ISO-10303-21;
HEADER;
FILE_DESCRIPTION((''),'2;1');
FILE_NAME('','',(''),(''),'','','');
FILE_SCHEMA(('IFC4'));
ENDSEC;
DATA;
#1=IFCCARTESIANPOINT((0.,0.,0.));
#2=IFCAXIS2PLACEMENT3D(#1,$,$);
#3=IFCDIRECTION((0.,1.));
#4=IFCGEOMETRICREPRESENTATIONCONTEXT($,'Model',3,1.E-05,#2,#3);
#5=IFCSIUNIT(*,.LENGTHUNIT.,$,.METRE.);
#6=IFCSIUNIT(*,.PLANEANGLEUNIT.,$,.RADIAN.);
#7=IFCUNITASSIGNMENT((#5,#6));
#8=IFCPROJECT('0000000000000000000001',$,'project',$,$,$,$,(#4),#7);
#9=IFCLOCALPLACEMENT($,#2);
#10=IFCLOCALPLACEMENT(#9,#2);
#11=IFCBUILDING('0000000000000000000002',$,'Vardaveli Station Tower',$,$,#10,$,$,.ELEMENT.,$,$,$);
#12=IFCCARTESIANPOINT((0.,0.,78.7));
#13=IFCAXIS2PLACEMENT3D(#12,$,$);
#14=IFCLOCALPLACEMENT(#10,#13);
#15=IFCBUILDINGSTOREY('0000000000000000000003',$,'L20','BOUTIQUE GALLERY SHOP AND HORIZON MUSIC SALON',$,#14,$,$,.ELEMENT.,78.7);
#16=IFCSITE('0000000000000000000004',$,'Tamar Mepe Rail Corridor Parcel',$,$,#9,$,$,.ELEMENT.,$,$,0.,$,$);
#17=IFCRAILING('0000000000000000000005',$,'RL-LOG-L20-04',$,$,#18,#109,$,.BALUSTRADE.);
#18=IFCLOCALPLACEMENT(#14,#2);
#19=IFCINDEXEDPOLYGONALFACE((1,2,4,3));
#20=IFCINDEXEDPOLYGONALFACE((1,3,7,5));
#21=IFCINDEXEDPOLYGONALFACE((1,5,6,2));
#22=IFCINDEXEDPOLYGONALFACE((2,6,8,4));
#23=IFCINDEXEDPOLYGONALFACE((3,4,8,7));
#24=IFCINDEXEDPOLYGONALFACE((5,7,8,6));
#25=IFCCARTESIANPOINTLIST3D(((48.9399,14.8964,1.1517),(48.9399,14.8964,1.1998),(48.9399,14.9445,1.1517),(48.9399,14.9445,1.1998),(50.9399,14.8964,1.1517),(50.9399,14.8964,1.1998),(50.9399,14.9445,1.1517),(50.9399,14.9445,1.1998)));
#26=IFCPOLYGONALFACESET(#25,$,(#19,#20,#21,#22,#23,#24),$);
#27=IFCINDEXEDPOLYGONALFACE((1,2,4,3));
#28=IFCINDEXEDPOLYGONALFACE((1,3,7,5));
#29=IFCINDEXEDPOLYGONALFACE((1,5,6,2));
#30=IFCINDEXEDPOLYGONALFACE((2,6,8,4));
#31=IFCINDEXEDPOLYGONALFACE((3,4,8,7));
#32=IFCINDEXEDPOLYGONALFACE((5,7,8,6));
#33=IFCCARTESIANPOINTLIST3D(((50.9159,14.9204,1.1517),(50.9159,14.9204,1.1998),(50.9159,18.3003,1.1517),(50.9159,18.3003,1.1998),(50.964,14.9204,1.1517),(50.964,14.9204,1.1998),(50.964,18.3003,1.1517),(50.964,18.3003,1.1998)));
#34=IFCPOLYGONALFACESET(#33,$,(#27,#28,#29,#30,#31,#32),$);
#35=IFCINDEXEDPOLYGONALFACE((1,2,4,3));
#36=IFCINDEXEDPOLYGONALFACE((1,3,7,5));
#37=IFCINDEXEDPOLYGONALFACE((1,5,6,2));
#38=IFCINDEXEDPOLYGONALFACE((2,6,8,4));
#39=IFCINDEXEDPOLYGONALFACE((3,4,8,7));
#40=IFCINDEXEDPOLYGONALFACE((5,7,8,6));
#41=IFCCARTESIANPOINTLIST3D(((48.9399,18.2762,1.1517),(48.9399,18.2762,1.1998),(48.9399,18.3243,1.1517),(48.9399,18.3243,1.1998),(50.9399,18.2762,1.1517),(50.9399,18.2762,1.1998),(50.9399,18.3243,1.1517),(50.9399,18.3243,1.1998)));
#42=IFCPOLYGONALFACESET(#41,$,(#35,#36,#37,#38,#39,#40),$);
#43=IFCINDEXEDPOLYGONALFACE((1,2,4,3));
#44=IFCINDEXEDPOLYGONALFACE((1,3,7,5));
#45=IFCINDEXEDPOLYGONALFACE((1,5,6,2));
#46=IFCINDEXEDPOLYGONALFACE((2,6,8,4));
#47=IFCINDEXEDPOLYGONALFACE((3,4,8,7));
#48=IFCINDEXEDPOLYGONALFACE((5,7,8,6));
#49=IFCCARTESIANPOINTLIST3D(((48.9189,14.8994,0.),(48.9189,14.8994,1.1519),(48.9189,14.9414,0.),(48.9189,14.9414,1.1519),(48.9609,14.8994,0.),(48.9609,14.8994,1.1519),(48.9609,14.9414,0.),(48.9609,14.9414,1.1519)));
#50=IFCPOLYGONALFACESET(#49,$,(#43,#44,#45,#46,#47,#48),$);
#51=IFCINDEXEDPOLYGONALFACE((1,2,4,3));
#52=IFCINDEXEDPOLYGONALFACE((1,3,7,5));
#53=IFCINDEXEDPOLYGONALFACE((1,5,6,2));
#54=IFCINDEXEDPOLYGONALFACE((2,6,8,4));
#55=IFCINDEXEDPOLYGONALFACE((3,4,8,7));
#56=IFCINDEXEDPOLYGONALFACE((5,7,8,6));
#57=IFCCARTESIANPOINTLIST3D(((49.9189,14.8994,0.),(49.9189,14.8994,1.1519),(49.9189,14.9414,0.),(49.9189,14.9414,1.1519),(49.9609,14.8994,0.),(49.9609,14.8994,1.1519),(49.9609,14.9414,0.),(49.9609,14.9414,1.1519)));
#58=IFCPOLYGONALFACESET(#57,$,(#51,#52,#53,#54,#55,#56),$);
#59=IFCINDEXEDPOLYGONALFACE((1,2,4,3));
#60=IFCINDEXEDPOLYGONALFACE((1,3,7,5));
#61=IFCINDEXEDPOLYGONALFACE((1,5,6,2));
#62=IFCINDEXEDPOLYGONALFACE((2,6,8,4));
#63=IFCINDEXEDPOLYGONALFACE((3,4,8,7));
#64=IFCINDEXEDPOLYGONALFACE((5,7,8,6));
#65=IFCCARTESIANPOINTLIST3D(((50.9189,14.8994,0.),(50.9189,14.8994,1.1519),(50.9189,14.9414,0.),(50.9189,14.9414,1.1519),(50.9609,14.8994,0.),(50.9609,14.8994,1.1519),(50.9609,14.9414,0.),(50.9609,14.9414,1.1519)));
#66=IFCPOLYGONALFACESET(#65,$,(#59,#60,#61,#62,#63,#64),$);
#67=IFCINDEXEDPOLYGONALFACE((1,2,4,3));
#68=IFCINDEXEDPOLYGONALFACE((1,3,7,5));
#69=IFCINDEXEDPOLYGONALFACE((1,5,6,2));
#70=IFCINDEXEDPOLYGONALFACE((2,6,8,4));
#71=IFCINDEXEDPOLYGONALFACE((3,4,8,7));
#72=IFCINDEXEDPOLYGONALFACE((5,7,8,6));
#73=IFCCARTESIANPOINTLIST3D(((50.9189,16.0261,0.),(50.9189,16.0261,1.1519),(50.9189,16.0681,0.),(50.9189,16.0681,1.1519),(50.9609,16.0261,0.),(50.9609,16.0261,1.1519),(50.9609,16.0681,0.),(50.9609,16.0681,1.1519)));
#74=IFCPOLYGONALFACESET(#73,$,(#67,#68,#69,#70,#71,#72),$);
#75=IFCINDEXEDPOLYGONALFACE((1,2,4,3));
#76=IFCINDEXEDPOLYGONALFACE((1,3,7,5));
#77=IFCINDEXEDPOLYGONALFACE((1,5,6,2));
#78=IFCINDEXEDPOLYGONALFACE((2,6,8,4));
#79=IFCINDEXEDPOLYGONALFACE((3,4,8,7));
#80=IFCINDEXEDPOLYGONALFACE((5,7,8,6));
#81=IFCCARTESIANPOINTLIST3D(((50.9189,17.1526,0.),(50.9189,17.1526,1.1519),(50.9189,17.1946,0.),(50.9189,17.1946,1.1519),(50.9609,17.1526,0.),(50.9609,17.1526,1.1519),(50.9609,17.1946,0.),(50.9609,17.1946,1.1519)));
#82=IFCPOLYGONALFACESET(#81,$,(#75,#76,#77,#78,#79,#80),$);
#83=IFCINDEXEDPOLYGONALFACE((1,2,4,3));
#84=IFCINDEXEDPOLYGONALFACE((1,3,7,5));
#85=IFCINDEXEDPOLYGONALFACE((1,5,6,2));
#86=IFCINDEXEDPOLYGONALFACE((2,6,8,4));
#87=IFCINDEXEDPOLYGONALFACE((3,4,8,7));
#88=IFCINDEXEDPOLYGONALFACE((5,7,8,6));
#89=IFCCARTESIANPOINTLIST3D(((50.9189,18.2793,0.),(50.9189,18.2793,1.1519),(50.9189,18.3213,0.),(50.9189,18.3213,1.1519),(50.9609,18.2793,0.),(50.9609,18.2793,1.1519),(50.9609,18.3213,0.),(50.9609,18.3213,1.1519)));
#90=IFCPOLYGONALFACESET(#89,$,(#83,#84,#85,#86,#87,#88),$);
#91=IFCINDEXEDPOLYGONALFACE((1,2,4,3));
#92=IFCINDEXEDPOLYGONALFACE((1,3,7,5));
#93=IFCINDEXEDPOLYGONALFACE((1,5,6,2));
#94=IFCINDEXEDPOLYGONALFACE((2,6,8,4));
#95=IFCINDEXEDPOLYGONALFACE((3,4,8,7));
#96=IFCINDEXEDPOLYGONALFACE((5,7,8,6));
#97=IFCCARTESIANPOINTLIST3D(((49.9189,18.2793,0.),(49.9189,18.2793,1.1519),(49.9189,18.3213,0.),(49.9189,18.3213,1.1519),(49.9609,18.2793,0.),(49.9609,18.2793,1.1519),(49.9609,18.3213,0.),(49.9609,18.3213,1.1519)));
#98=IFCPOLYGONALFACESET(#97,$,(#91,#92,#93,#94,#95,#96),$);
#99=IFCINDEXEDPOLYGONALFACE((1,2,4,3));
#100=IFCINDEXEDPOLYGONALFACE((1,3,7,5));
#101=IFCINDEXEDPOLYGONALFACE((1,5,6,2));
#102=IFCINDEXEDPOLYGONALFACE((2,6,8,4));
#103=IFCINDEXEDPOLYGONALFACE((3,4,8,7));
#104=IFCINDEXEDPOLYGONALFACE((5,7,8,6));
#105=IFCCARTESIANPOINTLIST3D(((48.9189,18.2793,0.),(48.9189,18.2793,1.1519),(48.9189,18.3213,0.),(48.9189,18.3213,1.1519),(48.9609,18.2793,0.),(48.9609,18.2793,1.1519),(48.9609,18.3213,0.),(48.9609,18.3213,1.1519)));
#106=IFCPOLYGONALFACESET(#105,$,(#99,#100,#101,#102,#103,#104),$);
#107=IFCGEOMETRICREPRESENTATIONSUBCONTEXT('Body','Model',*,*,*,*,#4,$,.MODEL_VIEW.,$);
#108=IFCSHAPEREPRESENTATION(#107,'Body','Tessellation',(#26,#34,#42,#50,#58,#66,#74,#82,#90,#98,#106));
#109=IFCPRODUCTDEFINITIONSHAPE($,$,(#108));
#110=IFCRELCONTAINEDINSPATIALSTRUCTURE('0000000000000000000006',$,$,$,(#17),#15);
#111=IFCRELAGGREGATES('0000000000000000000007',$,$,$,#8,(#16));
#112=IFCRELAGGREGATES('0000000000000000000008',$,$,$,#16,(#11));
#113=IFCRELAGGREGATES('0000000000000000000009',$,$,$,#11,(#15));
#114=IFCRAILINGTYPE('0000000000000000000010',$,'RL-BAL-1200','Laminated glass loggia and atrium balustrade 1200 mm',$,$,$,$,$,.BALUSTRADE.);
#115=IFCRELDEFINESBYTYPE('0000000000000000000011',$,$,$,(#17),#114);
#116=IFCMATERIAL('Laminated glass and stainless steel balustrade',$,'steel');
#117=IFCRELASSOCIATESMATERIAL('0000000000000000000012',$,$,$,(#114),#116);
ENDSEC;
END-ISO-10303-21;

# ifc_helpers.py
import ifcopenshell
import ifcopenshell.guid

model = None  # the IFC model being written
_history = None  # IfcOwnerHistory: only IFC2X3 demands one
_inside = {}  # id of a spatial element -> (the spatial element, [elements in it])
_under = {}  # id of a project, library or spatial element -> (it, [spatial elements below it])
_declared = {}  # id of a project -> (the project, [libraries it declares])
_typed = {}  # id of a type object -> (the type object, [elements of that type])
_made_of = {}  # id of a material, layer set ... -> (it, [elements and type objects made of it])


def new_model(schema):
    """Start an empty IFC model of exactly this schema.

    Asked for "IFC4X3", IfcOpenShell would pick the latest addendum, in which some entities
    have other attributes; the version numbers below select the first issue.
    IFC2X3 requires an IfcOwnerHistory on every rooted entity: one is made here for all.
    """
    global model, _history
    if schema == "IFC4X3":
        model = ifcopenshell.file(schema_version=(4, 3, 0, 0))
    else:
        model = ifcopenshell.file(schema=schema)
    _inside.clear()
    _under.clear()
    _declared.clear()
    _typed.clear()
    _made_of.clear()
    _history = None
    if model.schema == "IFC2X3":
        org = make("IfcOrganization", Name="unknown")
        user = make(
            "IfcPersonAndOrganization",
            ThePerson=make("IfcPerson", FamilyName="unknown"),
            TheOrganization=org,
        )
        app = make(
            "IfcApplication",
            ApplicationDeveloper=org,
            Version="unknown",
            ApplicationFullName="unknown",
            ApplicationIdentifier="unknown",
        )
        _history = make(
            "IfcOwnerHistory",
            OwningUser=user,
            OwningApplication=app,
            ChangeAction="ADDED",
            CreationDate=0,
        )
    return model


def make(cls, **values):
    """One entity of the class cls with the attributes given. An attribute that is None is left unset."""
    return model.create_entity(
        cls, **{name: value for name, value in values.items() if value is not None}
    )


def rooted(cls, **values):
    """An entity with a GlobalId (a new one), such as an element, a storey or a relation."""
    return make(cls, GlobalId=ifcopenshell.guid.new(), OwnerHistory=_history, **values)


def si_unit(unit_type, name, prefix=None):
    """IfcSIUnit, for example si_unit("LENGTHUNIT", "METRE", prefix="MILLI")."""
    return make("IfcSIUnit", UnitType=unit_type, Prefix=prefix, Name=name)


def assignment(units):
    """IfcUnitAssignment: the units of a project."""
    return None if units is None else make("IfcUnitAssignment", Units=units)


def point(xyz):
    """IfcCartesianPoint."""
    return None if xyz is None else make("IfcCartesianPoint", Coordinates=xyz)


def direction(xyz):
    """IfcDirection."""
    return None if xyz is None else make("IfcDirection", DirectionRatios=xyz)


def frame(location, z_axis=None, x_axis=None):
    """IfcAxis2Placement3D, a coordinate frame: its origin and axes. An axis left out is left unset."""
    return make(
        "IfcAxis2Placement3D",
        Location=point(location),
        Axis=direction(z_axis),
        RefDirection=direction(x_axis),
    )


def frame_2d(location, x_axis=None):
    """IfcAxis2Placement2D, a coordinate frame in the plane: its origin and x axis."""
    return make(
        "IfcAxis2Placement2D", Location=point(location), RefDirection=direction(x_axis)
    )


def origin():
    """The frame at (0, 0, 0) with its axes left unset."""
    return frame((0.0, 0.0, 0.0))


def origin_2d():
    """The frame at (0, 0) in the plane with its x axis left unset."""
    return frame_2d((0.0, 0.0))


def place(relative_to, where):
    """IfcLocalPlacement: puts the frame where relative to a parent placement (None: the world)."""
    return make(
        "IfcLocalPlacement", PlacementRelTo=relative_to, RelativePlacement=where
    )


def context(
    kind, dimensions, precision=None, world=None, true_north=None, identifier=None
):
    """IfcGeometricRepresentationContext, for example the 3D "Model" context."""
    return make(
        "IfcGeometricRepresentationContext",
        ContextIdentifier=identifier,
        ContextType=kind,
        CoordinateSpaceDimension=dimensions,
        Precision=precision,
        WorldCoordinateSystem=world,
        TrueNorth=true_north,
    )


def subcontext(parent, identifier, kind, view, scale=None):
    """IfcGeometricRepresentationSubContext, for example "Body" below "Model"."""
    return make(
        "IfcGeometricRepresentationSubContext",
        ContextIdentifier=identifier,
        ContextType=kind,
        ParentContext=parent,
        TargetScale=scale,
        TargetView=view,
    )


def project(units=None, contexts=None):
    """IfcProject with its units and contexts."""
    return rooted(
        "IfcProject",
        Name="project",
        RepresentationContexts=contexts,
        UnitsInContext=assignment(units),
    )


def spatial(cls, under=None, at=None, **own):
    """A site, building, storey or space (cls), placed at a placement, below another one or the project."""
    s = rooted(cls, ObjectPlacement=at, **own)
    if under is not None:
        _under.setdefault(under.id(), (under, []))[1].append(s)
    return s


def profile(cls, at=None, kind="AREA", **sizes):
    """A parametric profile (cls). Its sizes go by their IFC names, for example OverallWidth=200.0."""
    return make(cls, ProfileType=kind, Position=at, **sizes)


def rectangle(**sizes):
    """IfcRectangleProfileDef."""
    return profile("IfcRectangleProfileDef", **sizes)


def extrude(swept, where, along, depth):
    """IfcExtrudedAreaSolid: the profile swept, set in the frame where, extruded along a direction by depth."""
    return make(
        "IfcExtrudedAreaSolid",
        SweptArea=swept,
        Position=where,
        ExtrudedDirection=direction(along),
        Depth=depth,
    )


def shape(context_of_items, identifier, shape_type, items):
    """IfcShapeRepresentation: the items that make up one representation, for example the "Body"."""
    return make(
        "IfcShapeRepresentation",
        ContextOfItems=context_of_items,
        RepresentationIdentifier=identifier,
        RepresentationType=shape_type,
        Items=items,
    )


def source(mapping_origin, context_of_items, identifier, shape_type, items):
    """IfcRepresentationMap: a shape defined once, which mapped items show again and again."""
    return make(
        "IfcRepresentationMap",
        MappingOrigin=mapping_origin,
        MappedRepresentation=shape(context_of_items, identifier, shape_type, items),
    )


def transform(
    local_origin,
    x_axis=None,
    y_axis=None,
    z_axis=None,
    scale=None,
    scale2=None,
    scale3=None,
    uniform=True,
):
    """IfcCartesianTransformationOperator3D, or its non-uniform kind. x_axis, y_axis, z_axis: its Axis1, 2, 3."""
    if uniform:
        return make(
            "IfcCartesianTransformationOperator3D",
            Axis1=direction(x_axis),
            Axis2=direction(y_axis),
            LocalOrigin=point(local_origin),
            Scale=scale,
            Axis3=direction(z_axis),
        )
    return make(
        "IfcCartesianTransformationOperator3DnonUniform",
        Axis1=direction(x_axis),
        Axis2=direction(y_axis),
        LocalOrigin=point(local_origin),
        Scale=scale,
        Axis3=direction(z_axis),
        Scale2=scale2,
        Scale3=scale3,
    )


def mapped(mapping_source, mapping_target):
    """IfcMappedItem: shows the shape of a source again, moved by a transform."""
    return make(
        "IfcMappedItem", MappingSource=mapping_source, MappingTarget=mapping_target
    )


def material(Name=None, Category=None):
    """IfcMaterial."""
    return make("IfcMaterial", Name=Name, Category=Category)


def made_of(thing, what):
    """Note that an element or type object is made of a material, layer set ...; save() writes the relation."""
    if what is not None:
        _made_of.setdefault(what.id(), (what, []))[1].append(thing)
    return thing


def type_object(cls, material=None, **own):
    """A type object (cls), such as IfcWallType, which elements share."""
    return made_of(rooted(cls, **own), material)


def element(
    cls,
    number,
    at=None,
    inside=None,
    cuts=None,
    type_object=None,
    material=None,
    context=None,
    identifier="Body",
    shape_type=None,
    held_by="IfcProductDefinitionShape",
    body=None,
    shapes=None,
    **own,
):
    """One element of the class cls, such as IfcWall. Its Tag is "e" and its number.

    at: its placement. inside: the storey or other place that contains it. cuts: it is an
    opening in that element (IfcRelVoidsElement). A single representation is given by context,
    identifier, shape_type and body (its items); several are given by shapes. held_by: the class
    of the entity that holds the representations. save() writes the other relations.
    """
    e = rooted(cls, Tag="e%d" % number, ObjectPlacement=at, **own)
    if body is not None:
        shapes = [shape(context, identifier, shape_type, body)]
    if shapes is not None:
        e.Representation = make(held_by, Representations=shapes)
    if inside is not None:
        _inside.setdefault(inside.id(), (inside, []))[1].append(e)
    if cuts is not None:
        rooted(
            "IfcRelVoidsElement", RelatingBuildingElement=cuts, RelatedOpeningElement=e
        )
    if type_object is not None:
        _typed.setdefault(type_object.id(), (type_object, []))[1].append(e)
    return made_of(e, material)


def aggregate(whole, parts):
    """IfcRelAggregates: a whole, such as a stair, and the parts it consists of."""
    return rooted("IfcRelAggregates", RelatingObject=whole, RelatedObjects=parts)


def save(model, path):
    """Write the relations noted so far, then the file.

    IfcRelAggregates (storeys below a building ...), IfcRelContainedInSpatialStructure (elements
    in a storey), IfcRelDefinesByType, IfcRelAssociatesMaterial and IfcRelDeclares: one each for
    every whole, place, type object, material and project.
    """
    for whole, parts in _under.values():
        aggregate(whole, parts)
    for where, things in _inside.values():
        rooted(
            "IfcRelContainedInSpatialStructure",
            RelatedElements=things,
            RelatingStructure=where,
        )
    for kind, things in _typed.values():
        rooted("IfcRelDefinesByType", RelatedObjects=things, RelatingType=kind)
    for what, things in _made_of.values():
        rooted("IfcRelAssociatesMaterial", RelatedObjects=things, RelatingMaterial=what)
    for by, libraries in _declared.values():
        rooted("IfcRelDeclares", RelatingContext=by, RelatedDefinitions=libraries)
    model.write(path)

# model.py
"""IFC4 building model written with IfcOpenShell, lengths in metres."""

from ifc_helpers import new_model, si_unit, direction, frame, origin, origin_2d, place, context, subcontext, project, spatial, rectangle, extrude, source, transform, mapped, material, type_object, element, save


model = new_model("IFC4")

# Units and contexts
model_context = context("Model", 3, precision=1e-05, world=origin(), true_north=direction((0.0, 1.0)))
body_context = subcontext(model_context, "Body", "Model", "MODEL_VIEW")
ifc_project = project(units=[si_unit("LENGTHUNIT", "METRE"), si_unit("PLANEANGLEUNIT", "RADIAN")], contexts=[model_context])

# Site, building, storey
site_placement = place(None, origin())
site = spatial("IfcSite", under=ifc_project, at=site_placement, Name="Tamar Mepe Rail Corridor Parcel", CompositionType="ELEMENT", RefElevation=0.0)
building_placement = place(site_placement, origin())
building = spatial("IfcBuilding", under=site, at=building_placement, Name="Vardaveli Station Tower", CompositionType="ELEMENT")
storey_placement = place(building_placement, frame((0.0, 0.0, 78.7)))
storey = spatial("IfcBuildingStorey", under=building, at=storey_placement, Name="L20", Description="BOUTIQUE GALLERY SHOP AND HORIZON MUSIC SALON", CompositionType="ELEMENT", Elevation=78.7)

# Railing
ifc_material_1 = material(Name="Laminated glass and stainless steel balustrade", Category="steel")
railing_type = type_object("IfcRailingType", Name="RL-BAL-1200", Description="Laminated glass loggia and atrium balustrade 1200 mm", PredefinedType="BALUSTRADE", material=ifc_material_1)
shared_shape_1 = source(origin(), body_context, "Body", "SweptSolid", [
    extrude(rectangle(XDim=0.0481, YDim=0.0481, at=origin_2d()), frame((0.0, 0.0, 1.1758), z_axis=(1.0, 0.0, 0.0), x_axis=(0.0, 1.0, 0.0)), (0.0, 0.0, 1.0), 2.0),
    extrude(rectangle(XDim=0.0481, YDim=0.0481, at=origin_2d()), frame((2.0, 0.0, 1.1758), z_axis=(0.0, 1.0, 0.0), x_axis=(-1.0, 0.0, 0.0)), (0.0, 0.0, 1.0), 3.3799),
    extrude(rectangle(XDim=0.0481, YDim=0.0481, at=origin_2d()), frame((2.0, 3.3799, 1.1758), z_axis=(-1.0, 0.0, 0.0), x_axis=(0.0, -1.0, 0.0)), (0.0, 0.0, 1.0), 2.0),
    extrude(rectangle(XDim=0.042, YDim=0.042, at=origin_2d()), origin(), (0.0, 0.0, 1.0), 1.1519),
    extrude(rectangle(XDim=0.042, YDim=0.042, at=origin_2d()), frame((1.0, 0.0, 0.0)), (0.0, 0.0, 1.0), 1.1519),
    extrude(rectangle(XDim=0.042, YDim=0.042, at=origin_2d()), frame((2.0, 0.0, 0.0)), (0.0, 0.0, 1.0), 1.1519),
    extrude(rectangle(XDim=0.042, YDim=0.042, at=origin_2d()), frame((2.0, 1.1267, 0.0)), (0.0, 0.0, 1.0), 1.1519),
    extrude(rectangle(XDim=0.042, YDim=0.042, at=origin_2d()), frame((2.0, 2.2532, 0.0)), (0.0, 0.0, 1.0), 1.1519),
    extrude(rectangle(XDim=0.042, YDim=0.042, at=origin_2d()), frame((2.0, 3.3799, 0.0)), (0.0, 0.0, 1.0), 1.1519),
    extrude(rectangle(XDim=0.042, YDim=0.042, at=origin_2d()), frame((1.0, 3.3799, 0.0)), (0.0, 0.0, 1.0), 1.1519),
    extrude(rectangle(XDim=0.042, YDim=0.042, at=origin_2d()), frame((0.0, 3.3799, 0.0)), (0.0, 0.0, 1.0), 1.1519),
])
railing_placement = place(storey_placement, frame((48.9399, 14.9204, 0.0)))
element("IfcRailing", 1, at=railing_placement, inside=storey, type_object=railing_type, Name="RL-LOG-L20-04", PredefinedType="BALUSTRADE", context=body_context, shape_type="MappedRepresentation", body=[
    mapped(shared_shape_1, transform((0.0, 0.0, 0.0), scale=1.0)),
])

save(model, "model.ifc")
